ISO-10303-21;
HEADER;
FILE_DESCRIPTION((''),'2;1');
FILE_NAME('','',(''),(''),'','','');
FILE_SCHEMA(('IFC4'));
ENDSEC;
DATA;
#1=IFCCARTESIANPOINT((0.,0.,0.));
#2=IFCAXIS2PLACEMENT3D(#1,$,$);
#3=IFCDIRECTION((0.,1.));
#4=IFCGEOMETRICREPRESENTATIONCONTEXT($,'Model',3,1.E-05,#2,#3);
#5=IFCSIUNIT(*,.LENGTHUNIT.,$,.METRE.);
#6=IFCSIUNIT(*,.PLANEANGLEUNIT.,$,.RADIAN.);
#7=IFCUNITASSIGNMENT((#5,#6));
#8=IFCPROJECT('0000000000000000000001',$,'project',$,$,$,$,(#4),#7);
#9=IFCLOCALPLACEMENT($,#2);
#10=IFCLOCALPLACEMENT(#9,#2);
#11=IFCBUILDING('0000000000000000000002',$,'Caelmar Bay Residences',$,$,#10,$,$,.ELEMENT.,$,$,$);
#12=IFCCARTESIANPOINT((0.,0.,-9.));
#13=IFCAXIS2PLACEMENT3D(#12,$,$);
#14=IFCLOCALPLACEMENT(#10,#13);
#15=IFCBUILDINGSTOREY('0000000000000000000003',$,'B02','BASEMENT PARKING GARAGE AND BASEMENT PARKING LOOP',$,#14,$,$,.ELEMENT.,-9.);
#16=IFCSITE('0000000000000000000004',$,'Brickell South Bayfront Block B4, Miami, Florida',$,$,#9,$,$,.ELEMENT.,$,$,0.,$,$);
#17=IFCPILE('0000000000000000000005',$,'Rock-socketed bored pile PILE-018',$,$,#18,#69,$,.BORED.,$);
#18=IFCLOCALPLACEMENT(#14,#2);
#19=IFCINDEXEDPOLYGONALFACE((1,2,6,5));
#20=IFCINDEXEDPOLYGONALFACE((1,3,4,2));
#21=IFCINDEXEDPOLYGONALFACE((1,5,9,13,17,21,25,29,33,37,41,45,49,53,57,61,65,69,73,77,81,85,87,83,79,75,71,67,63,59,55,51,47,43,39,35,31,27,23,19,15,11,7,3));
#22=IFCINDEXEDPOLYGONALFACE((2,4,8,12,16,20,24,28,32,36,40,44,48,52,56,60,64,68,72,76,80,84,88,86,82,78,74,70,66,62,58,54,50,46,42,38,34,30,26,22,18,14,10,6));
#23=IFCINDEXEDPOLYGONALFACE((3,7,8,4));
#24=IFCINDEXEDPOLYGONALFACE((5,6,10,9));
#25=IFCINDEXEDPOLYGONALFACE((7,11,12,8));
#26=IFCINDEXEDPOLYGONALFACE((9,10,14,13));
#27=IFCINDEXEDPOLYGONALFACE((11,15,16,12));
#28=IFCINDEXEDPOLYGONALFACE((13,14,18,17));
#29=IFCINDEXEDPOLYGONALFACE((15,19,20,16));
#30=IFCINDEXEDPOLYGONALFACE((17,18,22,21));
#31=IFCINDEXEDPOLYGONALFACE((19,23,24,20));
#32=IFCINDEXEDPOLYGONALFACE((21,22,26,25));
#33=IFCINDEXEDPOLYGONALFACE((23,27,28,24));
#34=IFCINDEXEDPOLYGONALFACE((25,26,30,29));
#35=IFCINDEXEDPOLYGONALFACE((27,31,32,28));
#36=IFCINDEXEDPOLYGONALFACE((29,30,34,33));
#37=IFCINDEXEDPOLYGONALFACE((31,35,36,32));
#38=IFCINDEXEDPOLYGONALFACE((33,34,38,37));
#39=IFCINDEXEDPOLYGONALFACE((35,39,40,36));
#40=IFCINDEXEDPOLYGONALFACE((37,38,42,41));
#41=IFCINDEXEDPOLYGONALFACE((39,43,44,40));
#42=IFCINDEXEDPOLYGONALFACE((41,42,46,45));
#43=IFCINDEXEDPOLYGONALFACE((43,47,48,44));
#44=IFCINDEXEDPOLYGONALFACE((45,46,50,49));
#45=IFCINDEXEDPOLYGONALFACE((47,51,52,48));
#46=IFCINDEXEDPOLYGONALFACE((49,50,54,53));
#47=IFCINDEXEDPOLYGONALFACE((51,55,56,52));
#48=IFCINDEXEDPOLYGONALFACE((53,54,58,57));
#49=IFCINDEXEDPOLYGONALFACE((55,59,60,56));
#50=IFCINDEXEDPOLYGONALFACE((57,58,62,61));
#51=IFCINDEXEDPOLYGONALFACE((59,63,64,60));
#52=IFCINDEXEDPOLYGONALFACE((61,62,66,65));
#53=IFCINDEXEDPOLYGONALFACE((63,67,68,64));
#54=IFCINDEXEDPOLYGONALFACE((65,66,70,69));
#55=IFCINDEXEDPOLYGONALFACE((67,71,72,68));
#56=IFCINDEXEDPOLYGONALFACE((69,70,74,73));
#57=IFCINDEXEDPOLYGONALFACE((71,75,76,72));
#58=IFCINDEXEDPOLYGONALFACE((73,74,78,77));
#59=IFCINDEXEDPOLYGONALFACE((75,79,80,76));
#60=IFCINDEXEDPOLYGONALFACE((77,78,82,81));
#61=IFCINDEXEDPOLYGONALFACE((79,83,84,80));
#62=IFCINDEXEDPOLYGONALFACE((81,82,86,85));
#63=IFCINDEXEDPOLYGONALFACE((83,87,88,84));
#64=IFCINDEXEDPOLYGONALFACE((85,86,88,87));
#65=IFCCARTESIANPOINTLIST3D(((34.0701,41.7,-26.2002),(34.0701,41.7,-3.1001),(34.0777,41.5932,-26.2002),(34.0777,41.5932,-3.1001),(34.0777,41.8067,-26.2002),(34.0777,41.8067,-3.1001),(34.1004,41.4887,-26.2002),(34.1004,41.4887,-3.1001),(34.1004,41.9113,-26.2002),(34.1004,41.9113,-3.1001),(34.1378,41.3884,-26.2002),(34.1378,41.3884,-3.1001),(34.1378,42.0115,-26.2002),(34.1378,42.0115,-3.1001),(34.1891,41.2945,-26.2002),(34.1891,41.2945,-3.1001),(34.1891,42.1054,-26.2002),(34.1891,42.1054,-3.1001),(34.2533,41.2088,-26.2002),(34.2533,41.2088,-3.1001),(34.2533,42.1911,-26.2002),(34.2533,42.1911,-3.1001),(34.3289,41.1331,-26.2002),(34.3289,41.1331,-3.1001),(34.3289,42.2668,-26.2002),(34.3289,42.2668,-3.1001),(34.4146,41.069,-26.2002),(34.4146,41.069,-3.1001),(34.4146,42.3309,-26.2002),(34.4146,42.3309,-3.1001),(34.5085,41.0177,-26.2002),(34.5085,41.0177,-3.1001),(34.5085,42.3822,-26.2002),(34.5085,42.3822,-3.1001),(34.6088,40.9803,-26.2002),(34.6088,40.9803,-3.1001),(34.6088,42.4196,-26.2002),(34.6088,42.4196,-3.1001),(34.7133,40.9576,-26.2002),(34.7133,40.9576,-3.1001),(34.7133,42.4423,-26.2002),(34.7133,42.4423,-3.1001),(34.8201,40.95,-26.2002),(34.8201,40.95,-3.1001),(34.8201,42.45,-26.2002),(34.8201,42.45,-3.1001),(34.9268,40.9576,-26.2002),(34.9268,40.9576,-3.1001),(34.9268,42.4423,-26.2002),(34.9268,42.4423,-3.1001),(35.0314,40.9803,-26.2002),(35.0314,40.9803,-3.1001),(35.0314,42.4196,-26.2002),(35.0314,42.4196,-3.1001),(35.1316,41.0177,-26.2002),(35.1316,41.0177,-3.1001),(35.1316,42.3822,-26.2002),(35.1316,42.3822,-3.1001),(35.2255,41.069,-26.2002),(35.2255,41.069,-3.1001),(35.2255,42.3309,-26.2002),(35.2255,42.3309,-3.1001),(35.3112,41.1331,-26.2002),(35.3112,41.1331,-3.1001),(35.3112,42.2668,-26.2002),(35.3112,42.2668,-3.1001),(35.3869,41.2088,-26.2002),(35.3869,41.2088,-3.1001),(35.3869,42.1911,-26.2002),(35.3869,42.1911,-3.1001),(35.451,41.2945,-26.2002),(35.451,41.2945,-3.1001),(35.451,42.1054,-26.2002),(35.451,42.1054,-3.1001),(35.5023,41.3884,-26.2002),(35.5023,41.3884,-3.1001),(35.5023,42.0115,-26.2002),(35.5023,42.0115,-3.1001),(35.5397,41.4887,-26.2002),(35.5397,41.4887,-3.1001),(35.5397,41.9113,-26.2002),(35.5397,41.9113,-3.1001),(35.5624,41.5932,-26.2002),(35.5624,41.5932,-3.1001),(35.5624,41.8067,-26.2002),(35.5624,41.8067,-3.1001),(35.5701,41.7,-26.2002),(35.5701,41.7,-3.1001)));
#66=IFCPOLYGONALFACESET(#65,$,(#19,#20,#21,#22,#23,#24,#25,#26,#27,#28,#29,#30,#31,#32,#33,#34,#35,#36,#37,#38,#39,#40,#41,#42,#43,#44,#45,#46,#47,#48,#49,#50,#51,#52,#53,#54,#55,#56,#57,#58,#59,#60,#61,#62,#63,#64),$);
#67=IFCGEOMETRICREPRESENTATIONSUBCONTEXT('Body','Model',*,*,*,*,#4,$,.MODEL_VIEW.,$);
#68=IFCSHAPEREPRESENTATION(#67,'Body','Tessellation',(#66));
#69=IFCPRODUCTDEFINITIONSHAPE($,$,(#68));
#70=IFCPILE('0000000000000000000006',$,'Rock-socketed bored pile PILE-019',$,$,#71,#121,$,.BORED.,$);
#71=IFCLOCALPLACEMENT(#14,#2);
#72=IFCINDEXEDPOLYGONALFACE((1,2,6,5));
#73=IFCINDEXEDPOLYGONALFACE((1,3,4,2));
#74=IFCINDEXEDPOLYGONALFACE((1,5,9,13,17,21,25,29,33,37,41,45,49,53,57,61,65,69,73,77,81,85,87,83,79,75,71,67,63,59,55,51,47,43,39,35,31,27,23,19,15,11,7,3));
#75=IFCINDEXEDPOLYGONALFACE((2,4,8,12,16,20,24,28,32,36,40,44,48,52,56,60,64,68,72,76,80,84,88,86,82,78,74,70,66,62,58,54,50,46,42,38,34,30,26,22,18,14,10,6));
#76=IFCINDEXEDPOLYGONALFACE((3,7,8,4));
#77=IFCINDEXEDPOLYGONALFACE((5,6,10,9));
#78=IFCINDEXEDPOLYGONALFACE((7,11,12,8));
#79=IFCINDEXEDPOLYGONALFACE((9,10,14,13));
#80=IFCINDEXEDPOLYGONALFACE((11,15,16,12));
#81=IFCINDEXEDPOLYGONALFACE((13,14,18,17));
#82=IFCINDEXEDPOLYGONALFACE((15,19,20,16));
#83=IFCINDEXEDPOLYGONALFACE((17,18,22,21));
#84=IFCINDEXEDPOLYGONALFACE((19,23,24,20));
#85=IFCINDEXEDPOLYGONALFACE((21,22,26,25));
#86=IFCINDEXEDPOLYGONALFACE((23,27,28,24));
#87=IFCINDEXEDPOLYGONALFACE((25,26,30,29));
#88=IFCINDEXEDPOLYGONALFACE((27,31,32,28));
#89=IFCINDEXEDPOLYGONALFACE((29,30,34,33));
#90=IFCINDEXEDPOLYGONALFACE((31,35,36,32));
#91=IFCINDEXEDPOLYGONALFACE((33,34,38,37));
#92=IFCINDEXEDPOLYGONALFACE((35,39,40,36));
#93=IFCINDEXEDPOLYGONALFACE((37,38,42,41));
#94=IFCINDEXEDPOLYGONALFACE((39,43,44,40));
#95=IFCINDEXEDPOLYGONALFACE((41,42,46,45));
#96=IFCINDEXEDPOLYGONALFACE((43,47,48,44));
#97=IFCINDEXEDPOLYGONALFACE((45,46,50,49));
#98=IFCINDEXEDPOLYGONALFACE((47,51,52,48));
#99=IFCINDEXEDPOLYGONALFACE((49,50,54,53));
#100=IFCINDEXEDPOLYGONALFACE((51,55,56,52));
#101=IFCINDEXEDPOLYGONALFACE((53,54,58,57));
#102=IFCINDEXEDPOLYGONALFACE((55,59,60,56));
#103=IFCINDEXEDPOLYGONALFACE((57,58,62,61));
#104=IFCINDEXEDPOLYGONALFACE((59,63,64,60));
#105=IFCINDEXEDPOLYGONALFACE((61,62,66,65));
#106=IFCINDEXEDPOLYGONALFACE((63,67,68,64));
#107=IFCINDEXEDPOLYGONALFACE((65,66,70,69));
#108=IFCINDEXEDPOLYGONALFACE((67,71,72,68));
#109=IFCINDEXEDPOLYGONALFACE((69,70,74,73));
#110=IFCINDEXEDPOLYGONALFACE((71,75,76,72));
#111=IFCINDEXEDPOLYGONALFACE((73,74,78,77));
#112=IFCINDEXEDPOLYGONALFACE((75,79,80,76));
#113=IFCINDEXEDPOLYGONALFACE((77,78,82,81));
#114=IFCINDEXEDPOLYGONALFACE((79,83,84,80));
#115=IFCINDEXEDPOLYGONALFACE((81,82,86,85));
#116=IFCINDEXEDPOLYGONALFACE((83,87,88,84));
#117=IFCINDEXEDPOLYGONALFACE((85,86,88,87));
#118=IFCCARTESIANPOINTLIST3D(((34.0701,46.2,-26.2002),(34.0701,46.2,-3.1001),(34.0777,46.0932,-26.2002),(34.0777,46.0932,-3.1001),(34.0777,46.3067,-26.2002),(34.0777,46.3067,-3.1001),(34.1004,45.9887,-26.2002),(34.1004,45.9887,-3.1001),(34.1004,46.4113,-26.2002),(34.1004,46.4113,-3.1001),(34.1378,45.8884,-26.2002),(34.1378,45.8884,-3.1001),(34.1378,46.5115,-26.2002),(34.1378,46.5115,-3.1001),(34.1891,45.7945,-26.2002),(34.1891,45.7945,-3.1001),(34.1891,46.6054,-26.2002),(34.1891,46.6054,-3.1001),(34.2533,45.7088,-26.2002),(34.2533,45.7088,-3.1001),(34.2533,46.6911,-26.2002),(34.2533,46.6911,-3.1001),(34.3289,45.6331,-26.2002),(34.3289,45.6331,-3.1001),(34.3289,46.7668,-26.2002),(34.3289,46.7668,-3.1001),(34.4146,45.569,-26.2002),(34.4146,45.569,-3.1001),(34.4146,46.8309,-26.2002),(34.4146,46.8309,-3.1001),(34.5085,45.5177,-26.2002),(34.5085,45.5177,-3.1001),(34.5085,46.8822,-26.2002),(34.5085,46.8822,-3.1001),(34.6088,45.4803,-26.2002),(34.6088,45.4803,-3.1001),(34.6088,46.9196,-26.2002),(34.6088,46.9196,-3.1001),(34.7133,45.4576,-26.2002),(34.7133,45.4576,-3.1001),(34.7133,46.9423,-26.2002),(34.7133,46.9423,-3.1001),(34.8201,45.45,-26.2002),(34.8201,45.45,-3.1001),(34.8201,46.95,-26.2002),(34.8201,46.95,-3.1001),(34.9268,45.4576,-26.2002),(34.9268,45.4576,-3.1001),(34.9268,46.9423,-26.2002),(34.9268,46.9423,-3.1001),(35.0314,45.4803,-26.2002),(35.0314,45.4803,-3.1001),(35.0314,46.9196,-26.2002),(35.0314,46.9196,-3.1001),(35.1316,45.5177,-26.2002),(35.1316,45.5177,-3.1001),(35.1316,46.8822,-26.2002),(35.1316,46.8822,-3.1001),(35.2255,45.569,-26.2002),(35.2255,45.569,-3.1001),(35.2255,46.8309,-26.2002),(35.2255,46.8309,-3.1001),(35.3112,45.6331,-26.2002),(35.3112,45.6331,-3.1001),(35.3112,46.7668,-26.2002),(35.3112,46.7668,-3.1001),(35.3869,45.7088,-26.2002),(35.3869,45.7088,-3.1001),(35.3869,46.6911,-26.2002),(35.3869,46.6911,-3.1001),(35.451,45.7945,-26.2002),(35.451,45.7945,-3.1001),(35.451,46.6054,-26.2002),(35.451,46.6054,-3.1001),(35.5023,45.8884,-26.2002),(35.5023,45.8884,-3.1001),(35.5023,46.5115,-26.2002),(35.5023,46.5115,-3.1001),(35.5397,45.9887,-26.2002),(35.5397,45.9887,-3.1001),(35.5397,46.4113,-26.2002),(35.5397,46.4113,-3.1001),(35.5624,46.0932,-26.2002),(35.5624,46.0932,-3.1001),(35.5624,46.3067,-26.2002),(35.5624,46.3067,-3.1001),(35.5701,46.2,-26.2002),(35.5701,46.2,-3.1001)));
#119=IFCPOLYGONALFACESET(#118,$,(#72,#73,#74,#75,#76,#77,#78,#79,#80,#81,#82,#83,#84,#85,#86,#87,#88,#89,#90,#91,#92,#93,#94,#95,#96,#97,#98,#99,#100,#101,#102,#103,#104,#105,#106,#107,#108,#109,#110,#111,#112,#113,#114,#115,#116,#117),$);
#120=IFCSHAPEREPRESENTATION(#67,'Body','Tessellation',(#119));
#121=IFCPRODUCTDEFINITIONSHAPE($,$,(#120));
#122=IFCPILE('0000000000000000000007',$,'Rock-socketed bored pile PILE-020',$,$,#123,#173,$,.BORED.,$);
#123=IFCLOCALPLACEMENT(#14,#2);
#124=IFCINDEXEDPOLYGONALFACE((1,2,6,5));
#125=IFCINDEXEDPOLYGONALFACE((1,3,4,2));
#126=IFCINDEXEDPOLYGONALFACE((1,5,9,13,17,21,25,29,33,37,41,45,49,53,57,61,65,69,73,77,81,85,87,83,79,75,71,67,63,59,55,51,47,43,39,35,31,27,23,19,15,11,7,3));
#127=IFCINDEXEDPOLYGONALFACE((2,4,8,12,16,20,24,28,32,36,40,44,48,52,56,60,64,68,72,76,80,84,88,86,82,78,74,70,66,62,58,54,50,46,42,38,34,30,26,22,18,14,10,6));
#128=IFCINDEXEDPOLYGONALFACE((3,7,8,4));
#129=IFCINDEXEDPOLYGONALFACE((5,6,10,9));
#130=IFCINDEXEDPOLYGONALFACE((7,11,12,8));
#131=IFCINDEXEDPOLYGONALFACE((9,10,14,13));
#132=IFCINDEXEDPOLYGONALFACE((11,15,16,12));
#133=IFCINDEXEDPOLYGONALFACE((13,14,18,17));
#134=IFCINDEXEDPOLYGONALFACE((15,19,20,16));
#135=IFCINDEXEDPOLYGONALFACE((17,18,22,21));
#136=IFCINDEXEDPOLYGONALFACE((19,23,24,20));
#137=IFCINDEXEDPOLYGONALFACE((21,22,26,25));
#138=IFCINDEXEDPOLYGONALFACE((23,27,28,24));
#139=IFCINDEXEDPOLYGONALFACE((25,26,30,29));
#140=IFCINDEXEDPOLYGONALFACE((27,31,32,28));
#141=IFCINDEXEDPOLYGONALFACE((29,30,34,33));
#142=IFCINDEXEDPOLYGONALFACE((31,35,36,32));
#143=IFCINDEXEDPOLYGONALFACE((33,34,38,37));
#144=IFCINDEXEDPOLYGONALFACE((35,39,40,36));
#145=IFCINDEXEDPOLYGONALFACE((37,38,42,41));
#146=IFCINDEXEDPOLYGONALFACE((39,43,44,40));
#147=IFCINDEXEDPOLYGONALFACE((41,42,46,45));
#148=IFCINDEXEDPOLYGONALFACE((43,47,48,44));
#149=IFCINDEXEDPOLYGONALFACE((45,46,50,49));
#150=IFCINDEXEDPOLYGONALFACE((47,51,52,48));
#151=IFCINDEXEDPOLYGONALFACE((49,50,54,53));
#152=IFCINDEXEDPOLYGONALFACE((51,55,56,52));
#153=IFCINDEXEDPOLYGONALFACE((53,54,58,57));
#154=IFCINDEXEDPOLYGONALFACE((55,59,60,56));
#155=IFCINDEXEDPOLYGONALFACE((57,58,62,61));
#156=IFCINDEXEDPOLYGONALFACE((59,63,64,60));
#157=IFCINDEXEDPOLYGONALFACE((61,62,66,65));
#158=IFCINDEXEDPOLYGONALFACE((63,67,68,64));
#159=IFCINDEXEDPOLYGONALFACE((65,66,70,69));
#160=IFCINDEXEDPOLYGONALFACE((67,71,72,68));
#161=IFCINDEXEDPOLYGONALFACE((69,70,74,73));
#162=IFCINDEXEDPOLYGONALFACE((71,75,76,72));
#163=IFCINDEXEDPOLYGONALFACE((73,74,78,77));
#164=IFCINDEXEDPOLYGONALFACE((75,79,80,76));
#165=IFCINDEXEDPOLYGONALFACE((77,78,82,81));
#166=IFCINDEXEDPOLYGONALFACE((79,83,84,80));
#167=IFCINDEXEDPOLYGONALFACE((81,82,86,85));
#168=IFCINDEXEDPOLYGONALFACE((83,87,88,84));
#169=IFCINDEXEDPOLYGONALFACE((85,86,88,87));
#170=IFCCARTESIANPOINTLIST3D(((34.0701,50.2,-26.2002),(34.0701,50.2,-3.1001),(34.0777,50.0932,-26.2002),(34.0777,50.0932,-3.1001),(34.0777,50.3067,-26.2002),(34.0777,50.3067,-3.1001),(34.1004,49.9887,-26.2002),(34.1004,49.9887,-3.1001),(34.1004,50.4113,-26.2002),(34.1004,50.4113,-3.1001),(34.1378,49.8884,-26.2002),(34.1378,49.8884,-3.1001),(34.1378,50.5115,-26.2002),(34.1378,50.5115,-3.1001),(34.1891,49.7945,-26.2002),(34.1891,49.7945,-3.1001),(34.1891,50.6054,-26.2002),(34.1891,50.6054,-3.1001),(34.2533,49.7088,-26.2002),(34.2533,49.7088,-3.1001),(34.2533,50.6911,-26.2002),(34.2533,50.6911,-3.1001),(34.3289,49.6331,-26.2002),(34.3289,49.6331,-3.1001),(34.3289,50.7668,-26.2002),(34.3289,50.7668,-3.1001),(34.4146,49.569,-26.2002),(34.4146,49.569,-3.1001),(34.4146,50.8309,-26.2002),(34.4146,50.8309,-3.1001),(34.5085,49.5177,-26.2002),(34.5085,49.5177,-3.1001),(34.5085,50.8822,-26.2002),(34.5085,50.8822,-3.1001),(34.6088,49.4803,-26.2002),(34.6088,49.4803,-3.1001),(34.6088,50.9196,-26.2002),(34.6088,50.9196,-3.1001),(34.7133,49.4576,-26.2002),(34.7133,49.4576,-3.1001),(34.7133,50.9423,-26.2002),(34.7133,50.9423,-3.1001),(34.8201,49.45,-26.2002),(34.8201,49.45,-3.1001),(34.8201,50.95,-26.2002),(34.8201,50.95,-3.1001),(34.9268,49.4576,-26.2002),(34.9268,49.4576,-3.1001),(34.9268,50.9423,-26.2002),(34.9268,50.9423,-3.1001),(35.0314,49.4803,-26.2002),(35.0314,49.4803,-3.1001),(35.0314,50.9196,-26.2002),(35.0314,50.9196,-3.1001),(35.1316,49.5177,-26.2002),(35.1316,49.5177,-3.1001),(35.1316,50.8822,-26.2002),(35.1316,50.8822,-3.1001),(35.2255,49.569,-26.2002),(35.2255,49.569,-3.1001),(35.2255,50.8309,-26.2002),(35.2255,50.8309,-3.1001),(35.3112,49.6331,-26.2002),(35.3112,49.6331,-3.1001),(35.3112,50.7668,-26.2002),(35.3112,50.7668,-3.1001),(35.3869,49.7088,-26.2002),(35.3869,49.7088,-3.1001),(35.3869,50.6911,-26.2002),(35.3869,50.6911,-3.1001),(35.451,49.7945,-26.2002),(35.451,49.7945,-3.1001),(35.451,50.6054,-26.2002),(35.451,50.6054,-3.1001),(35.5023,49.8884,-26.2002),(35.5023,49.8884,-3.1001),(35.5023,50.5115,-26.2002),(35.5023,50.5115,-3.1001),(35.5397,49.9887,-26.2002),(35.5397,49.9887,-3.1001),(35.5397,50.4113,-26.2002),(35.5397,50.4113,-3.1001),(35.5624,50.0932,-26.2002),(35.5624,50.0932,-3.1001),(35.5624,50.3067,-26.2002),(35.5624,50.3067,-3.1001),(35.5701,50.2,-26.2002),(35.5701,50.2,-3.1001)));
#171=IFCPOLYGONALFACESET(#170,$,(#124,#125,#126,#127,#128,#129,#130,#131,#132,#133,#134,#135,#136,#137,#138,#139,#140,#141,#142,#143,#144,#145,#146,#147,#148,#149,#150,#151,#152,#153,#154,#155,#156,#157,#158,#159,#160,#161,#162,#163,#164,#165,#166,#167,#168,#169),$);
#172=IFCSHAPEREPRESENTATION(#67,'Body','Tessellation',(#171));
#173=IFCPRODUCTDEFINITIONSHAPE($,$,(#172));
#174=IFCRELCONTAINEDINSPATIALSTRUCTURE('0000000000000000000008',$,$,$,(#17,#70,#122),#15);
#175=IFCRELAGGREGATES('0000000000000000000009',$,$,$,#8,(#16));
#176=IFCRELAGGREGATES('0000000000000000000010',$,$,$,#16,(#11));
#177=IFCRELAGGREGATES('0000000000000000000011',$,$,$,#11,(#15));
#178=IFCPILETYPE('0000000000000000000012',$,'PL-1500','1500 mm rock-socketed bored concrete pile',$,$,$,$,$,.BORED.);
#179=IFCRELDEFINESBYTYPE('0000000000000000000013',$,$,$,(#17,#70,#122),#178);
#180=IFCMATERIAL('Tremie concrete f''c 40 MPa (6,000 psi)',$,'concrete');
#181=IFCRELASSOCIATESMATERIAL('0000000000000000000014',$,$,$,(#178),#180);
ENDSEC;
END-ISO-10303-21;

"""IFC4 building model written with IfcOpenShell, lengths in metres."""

from ifc_helpers import new_model, si_unit, direction, frame, origin, origin_2d, place, context, subcontext, project, spatial, circle, extrude, material, material_profile, profile_set, type_object, element, save


model = new_model("IFC4")

# Units and contexts
model_context = context("Model", 3, precision=1e-05, world=origin(), true_north=direction((0.0, 1.0)))
body_context = subcontext(model_context, "Body", "Model", "MODEL_VIEW")
ifc_project = project(units=[si_unit("LENGTHUNIT", "METRE"), si_unit("PLANEANGLEUNIT", "RADIAN")], contexts=[model_context])

# Site, building, storey
site_placement = place(None, origin())
site = spatial("IfcSite", under=ifc_project, at=site_placement, Name="Brickell South Bayfront Block B4, Miami, Florida", CompositionType="ELEMENT", RefElevation=0.0)
building_placement = place(site_placement, origin())
building = spatial("IfcBuilding", under=site, at=building_placement, Name="Caelmar Bay Residences", CompositionType="ELEMENT")
storey_placement = place(building_placement, frame((0.0, 0.0, -9.0)))
storey = spatial("IfcBuildingStorey", under=building, at=storey_placement, Name="B02", Description="BASEMENT PARKING GARAGE AND BASEMENT PARKING LOOP", CompositionType="ELEMENT", Elevation=-9.0)

# Piles
ifc_material_1 = material(Name="Tremie concrete f'c 40 MPa (6,000 psi)", Category="concrete")
ifc_material_profile = material_profile(ifc_material_1, circle(Radius=0.75, at=origin_2d()), Name="PILE-1500D")
ifc_profile_set = profile_set([ifc_material_profile], Name="Tremie concrete f'c 40 MPa (6,000 psi)")
pile_type = type_object("IfcPileType", Name="PL-1500", Description="1500 mm rock-socketed bored concrete pile", PredefinedType="BORED", material=ifc_profile_set)
for number, where, z_axis, x_axis, name in (
    (1, (34.8201, 41.7, -3.1001), (0.0, 0.0, -1.0), (1.0, 0.0, 0.0), "Rock-socketed bored pile PILE-018"),
    (2, (34.8201, 46.2, -3.1001), (0.0, 0.0, -1.0), (1.0, 0.0, 0.0), "Rock-socketed bored pile PILE-019"),
    (3, (34.8201, 50.2, -3.1001), (0.0, 0.0, -1.0), (1.0, 0.0, 0.0), "Rock-socketed bored pile PILE-020"),
):
    element("IfcPile", number, at=place(storey_placement, frame(where, z_axis=z_axis, x_axis=x_axis)), inside=storey, type_object=pile_type, Name=name, PredefinedType="BORED", context=body_context, shape_type="SweptSolid", body=[
        extrude(circle(Radius=0.75, at=origin_2d()), origin(), (0.0, 0.0, 1.0), 23.1001),
    ])

save(model, "model.ifc")
